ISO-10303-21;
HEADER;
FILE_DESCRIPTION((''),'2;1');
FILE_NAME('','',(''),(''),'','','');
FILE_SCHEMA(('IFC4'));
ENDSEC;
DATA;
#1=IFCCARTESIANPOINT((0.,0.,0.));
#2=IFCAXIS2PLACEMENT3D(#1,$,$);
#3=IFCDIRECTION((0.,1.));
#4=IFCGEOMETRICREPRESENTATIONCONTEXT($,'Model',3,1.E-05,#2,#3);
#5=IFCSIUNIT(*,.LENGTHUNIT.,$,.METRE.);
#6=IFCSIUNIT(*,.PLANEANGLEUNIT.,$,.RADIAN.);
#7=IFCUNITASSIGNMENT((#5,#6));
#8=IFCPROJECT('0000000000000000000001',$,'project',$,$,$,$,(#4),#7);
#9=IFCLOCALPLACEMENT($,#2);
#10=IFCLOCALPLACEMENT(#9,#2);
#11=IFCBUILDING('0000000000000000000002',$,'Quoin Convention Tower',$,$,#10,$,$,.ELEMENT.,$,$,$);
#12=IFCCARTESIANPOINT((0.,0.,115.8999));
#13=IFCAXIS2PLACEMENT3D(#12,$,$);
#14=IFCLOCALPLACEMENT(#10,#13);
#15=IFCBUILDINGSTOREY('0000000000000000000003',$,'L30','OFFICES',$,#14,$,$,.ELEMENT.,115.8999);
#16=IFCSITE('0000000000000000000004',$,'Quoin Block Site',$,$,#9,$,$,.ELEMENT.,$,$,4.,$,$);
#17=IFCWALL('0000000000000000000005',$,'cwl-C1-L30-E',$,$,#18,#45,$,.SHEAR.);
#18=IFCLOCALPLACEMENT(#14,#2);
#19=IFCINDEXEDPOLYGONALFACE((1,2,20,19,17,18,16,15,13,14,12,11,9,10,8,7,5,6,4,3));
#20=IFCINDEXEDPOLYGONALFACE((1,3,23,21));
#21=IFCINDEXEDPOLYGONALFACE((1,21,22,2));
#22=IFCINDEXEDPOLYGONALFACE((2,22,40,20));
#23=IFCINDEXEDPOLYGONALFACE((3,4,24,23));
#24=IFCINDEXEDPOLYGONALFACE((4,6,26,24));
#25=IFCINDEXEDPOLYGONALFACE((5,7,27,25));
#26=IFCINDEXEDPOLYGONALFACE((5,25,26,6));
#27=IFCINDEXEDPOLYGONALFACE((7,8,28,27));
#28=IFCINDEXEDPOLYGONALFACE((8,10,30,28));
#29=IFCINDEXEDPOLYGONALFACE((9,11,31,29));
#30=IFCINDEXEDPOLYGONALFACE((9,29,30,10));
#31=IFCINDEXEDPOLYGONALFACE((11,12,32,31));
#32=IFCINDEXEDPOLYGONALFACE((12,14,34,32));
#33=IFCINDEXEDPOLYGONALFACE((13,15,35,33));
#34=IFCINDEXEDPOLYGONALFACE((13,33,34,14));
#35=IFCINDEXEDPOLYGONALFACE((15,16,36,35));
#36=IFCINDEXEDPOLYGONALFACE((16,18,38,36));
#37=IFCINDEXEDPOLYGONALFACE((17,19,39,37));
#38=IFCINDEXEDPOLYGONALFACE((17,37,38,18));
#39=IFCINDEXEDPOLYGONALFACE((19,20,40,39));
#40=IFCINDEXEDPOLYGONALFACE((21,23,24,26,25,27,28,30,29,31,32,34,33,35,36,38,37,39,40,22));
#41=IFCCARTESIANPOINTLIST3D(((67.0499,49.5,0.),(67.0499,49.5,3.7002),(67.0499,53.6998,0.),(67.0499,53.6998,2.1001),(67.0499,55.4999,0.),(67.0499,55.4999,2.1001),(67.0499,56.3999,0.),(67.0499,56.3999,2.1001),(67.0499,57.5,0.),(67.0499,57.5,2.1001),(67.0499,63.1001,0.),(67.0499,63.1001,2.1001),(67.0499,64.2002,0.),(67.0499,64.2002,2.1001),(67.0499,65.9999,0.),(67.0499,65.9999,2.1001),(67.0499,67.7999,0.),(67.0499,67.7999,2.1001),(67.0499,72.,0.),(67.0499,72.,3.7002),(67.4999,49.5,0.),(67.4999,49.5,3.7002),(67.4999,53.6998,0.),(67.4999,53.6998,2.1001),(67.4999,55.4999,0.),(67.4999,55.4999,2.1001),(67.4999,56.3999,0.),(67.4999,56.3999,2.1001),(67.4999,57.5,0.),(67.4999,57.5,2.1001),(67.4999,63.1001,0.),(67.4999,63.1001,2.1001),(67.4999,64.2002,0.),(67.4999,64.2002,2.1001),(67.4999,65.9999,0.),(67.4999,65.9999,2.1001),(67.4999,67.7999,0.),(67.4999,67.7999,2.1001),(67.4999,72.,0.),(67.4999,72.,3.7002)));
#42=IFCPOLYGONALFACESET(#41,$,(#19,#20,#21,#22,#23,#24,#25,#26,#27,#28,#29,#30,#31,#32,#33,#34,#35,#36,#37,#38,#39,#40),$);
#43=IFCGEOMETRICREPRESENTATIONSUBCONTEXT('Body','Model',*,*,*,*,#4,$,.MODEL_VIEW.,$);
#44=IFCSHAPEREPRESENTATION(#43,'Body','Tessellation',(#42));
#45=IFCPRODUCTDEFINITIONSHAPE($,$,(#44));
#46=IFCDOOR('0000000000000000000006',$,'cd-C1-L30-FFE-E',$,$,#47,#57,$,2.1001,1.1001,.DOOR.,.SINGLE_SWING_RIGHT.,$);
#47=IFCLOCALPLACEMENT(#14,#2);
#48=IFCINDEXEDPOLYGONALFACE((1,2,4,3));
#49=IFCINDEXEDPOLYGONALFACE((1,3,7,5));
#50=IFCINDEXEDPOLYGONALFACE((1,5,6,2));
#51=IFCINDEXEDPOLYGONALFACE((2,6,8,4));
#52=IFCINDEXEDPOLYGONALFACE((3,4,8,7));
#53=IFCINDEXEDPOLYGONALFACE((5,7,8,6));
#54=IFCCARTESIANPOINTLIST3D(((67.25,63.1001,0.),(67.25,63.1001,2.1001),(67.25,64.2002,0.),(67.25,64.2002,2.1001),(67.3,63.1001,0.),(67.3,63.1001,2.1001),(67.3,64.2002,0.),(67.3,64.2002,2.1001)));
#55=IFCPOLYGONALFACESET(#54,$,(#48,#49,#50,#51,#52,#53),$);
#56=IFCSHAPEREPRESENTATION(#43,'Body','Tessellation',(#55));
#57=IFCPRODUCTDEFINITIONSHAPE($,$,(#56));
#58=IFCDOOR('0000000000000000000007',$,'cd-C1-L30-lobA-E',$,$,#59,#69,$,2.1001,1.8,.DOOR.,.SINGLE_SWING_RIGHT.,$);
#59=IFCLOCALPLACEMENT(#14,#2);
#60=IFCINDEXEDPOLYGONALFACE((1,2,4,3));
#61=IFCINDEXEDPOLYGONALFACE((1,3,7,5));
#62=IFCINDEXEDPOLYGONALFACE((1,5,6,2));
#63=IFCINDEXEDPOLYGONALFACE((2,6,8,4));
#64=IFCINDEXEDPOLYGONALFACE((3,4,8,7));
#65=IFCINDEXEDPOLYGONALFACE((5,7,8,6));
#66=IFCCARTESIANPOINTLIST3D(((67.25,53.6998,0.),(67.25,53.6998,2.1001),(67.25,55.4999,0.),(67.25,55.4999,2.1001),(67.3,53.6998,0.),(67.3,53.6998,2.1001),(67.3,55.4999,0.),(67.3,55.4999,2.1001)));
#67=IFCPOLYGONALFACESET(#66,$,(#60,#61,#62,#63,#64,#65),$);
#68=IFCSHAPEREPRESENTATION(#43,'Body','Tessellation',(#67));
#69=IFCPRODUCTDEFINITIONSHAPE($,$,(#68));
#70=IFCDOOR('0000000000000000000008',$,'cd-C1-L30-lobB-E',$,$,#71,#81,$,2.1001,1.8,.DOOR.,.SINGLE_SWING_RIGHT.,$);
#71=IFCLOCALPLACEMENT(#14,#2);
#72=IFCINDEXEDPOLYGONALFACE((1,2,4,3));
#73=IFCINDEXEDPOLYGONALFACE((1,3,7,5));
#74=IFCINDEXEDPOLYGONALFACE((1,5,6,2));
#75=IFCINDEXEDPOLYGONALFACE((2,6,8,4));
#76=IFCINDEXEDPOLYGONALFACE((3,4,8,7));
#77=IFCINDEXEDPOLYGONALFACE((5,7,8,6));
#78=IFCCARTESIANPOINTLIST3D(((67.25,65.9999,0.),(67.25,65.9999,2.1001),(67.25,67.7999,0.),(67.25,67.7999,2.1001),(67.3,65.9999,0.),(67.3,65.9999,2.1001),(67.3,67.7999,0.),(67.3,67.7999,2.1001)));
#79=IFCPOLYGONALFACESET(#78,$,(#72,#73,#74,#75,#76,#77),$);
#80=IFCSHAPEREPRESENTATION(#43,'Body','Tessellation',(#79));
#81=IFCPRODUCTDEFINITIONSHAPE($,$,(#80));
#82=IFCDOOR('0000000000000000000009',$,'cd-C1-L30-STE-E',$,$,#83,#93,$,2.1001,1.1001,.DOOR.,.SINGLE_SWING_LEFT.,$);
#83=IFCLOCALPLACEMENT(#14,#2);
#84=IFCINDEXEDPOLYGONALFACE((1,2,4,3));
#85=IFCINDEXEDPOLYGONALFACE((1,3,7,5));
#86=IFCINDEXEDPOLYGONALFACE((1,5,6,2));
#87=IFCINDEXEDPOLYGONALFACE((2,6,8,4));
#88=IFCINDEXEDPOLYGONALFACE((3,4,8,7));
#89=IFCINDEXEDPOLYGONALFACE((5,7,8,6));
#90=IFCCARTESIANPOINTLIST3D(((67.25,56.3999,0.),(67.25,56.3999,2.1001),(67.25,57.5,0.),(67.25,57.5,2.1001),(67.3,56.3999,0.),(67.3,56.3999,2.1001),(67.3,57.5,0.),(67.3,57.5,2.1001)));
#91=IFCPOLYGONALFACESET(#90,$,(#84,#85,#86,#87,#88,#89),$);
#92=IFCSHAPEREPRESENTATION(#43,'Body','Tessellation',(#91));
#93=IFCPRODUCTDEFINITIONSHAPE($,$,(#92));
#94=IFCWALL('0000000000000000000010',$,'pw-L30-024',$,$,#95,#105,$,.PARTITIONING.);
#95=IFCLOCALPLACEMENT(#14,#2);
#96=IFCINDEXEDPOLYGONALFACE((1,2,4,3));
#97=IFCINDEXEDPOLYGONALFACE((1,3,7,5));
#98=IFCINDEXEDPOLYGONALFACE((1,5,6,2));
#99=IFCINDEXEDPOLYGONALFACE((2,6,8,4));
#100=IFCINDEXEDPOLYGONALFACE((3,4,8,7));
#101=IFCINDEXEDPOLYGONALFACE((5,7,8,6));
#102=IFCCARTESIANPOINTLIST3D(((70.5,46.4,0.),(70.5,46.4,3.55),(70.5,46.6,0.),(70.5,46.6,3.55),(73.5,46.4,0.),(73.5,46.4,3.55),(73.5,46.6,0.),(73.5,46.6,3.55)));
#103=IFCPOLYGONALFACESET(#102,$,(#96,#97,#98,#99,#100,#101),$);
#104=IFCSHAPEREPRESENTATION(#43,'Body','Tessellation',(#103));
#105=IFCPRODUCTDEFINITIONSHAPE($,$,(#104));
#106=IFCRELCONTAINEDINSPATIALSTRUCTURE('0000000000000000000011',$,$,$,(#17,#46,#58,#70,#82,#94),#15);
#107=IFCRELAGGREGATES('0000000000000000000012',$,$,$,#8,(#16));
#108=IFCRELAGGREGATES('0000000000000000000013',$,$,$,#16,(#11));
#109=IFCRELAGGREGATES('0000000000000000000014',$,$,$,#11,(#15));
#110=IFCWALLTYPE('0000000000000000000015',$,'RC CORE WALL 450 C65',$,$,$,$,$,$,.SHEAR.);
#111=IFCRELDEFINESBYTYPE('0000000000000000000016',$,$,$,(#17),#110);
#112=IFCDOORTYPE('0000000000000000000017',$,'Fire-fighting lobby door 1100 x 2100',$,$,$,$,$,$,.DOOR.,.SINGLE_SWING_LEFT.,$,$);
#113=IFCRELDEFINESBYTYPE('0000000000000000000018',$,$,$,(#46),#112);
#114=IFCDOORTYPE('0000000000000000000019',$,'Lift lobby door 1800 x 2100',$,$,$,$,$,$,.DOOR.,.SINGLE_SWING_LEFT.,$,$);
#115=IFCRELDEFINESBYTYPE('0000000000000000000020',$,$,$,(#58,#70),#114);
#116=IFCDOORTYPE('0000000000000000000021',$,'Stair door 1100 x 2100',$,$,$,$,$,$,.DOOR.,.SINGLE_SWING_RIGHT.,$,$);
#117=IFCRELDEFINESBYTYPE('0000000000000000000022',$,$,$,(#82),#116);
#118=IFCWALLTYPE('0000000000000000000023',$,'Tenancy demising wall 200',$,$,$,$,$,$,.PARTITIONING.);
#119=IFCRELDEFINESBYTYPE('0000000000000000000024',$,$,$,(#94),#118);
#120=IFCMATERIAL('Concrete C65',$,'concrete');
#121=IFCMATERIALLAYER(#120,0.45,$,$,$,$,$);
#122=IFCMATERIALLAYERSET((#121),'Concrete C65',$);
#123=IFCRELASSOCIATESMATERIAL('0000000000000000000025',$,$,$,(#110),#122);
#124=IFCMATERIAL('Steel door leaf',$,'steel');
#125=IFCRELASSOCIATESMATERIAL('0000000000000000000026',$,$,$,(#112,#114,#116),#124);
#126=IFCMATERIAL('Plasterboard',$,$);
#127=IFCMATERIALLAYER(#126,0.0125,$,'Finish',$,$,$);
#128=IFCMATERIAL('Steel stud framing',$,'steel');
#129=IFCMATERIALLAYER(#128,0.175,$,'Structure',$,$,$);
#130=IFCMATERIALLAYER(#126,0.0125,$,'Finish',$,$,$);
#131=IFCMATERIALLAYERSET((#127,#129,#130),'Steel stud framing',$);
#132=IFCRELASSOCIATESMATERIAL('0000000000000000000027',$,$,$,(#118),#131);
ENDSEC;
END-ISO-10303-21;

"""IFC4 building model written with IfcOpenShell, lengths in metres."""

from ifc_helpers import new_model, si_unit, direction, frame, frame_2d, origin, place, context, subcontext, project, spatial, rectangle, extrude, material, layer, layer_set, type_object, element, fill, save


model = new_model("IFC4")

# Units and contexts
model_context = context("Model", 3, precision=1e-05, world=origin(), true_north=direction((0.0, 1.0)))
body_context = subcontext(model_context, "Body", "Model", "MODEL_VIEW")
ifc_project = project(units=[si_unit("LENGTHUNIT", "METRE"), si_unit("PLANEANGLEUNIT", "RADIAN")], contexts=[model_context])

# Site, building, storey
site_placement = place(None, origin())
site = spatial("IfcSite", under=ifc_project, at=site_placement, Name="Quoin Block Site", CompositionType="ELEMENT", RefElevation=4.0)
building_placement = place(site_placement, origin())
building = spatial("IfcBuilding", under=site, at=building_placement, Name="Quoin Convention Tower", CompositionType="ELEMENT")
storey_placement = place(building_placement, frame((0.0, 0.0, 115.8999)))
storey = spatial("IfcBuildingStorey", under=building, at=storey_placement, Name="L30", Description="OFFICES", CompositionType="ELEMENT", Elevation=115.8999)

# Shared definitions
ifc_material_1 = material(Name="Concrete C65", Category="concrete")

# Shared definitions
ifc_material_2 = material(Name="Plasterboard")
ifc_material_3 = material(Name="Steel stud framing", Category="steel")

# Wall, openings, doors
ifc_layer_1 = layer(ifc_material_1, 0.45)
ifc_layer_set_1 = layer_set([ifc_layer_1], Name="Concrete C65")
wall_type_1 = type_object("IfcWallType", Name="RC CORE WALL 450 C65", PredefinedType="SHEAR", material=ifc_layer_set_1)
wall_1_placement = place(storey_placement, frame((67.2749, 49.5, 0.0), z_axis=(0.0, 0.0, 1.0), x_axis=(0.0, 1.0, 0.0)))
wall_1 = element("IfcWall", 1, at=wall_1_placement, inside=storey, type_object=wall_type_1, Name="cwl-C1-L30-E", PredefinedType="SHEAR", context=body_context, shape_type="SweptSolid", body=[
    extrude(rectangle(XDim=22.5, YDim=0.45, at=frame_2d((11.25, 0.0))), origin(), (0.0, 0.0, 1.0), 3.7002),
])
opening_1_placement = place(wall_1_placement, frame((4.2, 0.0, 0.0)))
opening_1 = element("IfcOpeningElement", 2, at=opening_1_placement, cuts=wall_1, PredefinedType="OPENING", context=body_context, shape_type="SweptSolid", body=[
    extrude(rectangle(XDim=1.8, YDim=2.1001, at=frame_2d((0.8999, 1.05))), frame((0.0, 0.2349, 0.0), z_axis=(0.0, -1.0, 0.0), x_axis=(1.0, 0.0, 0.0)), (0.0, 0.0, 1.0), 0.47),
])
opening_2_placement = place(wall_1_placement, frame((6.8999, 0.0, 0.0)))
opening_2 = element("IfcOpeningElement", 3, at=opening_2_placement, cuts=wall_1, PredefinedType="OPENING", context=body_context, shape_type="SweptSolid", body=[
    extrude(rectangle(XDim=1.1001, YDim=2.1001, at=frame_2d((0.55, 1.05))), frame((0.0, 0.2349, 0.0), z_axis=(0.0, -1.0, 0.0), x_axis=(1.0, 0.0, 0.0)), (0.0, 0.0, 1.0), 0.47),
])
opening_3_placement = place(wall_1_placement, frame((13.6001, 0.0, 0.0)))
opening_3 = element("IfcOpeningElement", 4, at=opening_3_placement, cuts=wall_1, PredefinedType="OPENING", context=body_context, shape_type="SweptSolid", body=[
    extrude(rectangle(XDim=1.1001, YDim=2.1001, at=frame_2d((0.55, 1.05))), frame((0.0, 0.2349, 0.0), z_axis=(0.0, -1.0, 0.0), x_axis=(1.0, 0.0, 0.0)), (0.0, 0.0, 1.0), 0.47),
])
opening_4_placement = place(wall_1_placement, frame((16.5, 0.0, 0.0)))
opening_4 = element("IfcOpeningElement", 5, at=opening_4_placement, cuts=wall_1, PredefinedType="OPENING", context=body_context, shape_type="SweptSolid", body=[
    extrude(rectangle(XDim=1.8, YDim=2.1001, at=frame_2d((0.8999, 1.05))), frame((0.0, 0.2349, 0.0), z_axis=(0.0, -1.0, 0.0), x_axis=(1.0, 0.0, 0.0)), (0.0, 0.0, 1.0), 0.47),
])
ifc_material_4 = material(Name="Steel door leaf", Category="steel")
door_type_1 = type_object("IfcDoorType", Name="Fire-fighting lobby door 1100 x 2100", OperationType="SINGLE_SWING_LEFT", PredefinedType="DOOR", material=ifc_material_4)
door_1_placement = place(opening_3_placement, origin())
door_1 = element("IfcDoor", 6, at=door_1_placement, inside=storey, type_object=door_type_1, Name="cd-C1-L30-FFE-E", OperationType="SINGLE_SWING_RIGHT", OverallHeight=2.1001, OverallWidth=1.1001, PredefinedType="DOOR", context=body_context, shape_type="SweptSolid", body=[
    extrude(rectangle(XDim=1.1001, YDim=2.1001, at=frame_2d((0.55, 1.05))), frame((0.0, 0.0249, 0.0), z_axis=(0.0, -1.0, 0.0), x_axis=(1.0, 0.0, 0.0)), (0.0, 0.0, 1.0), 0.05),
])
fill(opening_3, door_1)
door_type_2 = type_object("IfcDoorType", Name="Lift lobby door 1800 x 2100", OperationType="SINGLE_SWING_LEFT", PredefinedType="DOOR", material=ifc_material_4)
door_2_placement = place(opening_1_placement, origin())
door_2 = element("IfcDoor", 7, at=door_2_placement, inside=storey, type_object=door_type_2, Name="cd-C1-L30-lobA-E", OperationType="SINGLE_SWING_RIGHT", OverallHeight=2.1001, OverallWidth=1.8, PredefinedType="DOOR", context=body_context, shape_type="SweptSolid", body=[
    extrude(rectangle(XDim=1.8, YDim=2.1001, at=frame_2d((0.8999, 1.05))), frame((0.0, 0.0249, 0.0), z_axis=(0.0, -1.0, 0.0), x_axis=(1.0, 0.0, 0.0)), (0.0, 0.0, 1.0), 0.05),
])
fill(opening_1, door_2)
door_3_placement = place(opening_4_placement, origin())
door_3 = element("IfcDoor", 8, at=door_3_placement, inside=storey, type_object=door_type_2, Name="cd-C1-L30-lobB-E", OperationType="SINGLE_SWING_RIGHT", OverallHeight=2.1001, OverallWidth=1.8, PredefinedType="DOOR", context=body_context, shape_type="SweptSolid", body=[
    extrude(rectangle(XDim=1.8, YDim=2.1001, at=frame_2d((0.8999, 1.05))), frame((0.0, 0.0249, 0.0), z_axis=(0.0, -1.0, 0.0), x_axis=(1.0, 0.0, 0.0)), (0.0, 0.0, 1.0), 0.05),
])
fill(opening_4, door_3)
door_type_3 = type_object("IfcDoorType", Name="Stair door 1100 x 2100", OperationType="SINGLE_SWING_RIGHT", PredefinedType="DOOR", material=ifc_material_4)
door_4_placement = place(opening_2_placement, origin())
door_4 = element("IfcDoor", 9, at=door_4_placement, inside=storey, type_object=door_type_3, Name="cd-C1-L30-STE-E", OperationType="SINGLE_SWING_LEFT", OverallHeight=2.1001, OverallWidth=1.1001, PredefinedType="DOOR", context=body_context, shape_type="SweptSolid", body=[
    extrude(rectangle(XDim=1.1001, YDim=2.1001, at=frame_2d((0.55, 1.05))), frame((0.0, 0.0249, 0.0), z_axis=(0.0, -1.0, 0.0), x_axis=(1.0, 0.0, 0.0)), (0.0, 0.0, 1.0), 0.05),
])
fill(opening_2, door_4)

# Wall
ifc_layer_2 = layer(ifc_material_2, 0.0125, Name="Finish")
ifc_layer_3 = layer(ifc_material_3, 0.175, Name="Structure")
ifc_layer_4 = layer(ifc_material_2, 0.0125, Name="Finish")
ifc_layer_set_2 = layer_set([ifc_layer_2, ifc_layer_3, ifc_layer_4], Name="Steel stud framing")
wall_type_2 = type_object("IfcWallType", Name="Tenancy demising wall 200", PredefinedType="PARTITIONING", material=ifc_layer_set_2)
wall_2_placement = place(storey_placement, frame((70.5, 46.5, 0.0), z_axis=(0.0, 0.0, 1.0), x_axis=(1.0, 0.0, 0.0)))
element("IfcWall", 10, at=wall_2_placement, inside=storey, type_object=wall_type_2, Name="pw-L30-024", PredefinedType="PARTITIONING", context=body_context, shape_type="SweptSolid", body=[
    extrude(rectangle(XDim=3.0, YDim=0.2, at=frame_2d((1.5, 0.0))), origin(), (0.0, 0.0, 1.0), 3.55),
])

save(model, "model.ifc")
